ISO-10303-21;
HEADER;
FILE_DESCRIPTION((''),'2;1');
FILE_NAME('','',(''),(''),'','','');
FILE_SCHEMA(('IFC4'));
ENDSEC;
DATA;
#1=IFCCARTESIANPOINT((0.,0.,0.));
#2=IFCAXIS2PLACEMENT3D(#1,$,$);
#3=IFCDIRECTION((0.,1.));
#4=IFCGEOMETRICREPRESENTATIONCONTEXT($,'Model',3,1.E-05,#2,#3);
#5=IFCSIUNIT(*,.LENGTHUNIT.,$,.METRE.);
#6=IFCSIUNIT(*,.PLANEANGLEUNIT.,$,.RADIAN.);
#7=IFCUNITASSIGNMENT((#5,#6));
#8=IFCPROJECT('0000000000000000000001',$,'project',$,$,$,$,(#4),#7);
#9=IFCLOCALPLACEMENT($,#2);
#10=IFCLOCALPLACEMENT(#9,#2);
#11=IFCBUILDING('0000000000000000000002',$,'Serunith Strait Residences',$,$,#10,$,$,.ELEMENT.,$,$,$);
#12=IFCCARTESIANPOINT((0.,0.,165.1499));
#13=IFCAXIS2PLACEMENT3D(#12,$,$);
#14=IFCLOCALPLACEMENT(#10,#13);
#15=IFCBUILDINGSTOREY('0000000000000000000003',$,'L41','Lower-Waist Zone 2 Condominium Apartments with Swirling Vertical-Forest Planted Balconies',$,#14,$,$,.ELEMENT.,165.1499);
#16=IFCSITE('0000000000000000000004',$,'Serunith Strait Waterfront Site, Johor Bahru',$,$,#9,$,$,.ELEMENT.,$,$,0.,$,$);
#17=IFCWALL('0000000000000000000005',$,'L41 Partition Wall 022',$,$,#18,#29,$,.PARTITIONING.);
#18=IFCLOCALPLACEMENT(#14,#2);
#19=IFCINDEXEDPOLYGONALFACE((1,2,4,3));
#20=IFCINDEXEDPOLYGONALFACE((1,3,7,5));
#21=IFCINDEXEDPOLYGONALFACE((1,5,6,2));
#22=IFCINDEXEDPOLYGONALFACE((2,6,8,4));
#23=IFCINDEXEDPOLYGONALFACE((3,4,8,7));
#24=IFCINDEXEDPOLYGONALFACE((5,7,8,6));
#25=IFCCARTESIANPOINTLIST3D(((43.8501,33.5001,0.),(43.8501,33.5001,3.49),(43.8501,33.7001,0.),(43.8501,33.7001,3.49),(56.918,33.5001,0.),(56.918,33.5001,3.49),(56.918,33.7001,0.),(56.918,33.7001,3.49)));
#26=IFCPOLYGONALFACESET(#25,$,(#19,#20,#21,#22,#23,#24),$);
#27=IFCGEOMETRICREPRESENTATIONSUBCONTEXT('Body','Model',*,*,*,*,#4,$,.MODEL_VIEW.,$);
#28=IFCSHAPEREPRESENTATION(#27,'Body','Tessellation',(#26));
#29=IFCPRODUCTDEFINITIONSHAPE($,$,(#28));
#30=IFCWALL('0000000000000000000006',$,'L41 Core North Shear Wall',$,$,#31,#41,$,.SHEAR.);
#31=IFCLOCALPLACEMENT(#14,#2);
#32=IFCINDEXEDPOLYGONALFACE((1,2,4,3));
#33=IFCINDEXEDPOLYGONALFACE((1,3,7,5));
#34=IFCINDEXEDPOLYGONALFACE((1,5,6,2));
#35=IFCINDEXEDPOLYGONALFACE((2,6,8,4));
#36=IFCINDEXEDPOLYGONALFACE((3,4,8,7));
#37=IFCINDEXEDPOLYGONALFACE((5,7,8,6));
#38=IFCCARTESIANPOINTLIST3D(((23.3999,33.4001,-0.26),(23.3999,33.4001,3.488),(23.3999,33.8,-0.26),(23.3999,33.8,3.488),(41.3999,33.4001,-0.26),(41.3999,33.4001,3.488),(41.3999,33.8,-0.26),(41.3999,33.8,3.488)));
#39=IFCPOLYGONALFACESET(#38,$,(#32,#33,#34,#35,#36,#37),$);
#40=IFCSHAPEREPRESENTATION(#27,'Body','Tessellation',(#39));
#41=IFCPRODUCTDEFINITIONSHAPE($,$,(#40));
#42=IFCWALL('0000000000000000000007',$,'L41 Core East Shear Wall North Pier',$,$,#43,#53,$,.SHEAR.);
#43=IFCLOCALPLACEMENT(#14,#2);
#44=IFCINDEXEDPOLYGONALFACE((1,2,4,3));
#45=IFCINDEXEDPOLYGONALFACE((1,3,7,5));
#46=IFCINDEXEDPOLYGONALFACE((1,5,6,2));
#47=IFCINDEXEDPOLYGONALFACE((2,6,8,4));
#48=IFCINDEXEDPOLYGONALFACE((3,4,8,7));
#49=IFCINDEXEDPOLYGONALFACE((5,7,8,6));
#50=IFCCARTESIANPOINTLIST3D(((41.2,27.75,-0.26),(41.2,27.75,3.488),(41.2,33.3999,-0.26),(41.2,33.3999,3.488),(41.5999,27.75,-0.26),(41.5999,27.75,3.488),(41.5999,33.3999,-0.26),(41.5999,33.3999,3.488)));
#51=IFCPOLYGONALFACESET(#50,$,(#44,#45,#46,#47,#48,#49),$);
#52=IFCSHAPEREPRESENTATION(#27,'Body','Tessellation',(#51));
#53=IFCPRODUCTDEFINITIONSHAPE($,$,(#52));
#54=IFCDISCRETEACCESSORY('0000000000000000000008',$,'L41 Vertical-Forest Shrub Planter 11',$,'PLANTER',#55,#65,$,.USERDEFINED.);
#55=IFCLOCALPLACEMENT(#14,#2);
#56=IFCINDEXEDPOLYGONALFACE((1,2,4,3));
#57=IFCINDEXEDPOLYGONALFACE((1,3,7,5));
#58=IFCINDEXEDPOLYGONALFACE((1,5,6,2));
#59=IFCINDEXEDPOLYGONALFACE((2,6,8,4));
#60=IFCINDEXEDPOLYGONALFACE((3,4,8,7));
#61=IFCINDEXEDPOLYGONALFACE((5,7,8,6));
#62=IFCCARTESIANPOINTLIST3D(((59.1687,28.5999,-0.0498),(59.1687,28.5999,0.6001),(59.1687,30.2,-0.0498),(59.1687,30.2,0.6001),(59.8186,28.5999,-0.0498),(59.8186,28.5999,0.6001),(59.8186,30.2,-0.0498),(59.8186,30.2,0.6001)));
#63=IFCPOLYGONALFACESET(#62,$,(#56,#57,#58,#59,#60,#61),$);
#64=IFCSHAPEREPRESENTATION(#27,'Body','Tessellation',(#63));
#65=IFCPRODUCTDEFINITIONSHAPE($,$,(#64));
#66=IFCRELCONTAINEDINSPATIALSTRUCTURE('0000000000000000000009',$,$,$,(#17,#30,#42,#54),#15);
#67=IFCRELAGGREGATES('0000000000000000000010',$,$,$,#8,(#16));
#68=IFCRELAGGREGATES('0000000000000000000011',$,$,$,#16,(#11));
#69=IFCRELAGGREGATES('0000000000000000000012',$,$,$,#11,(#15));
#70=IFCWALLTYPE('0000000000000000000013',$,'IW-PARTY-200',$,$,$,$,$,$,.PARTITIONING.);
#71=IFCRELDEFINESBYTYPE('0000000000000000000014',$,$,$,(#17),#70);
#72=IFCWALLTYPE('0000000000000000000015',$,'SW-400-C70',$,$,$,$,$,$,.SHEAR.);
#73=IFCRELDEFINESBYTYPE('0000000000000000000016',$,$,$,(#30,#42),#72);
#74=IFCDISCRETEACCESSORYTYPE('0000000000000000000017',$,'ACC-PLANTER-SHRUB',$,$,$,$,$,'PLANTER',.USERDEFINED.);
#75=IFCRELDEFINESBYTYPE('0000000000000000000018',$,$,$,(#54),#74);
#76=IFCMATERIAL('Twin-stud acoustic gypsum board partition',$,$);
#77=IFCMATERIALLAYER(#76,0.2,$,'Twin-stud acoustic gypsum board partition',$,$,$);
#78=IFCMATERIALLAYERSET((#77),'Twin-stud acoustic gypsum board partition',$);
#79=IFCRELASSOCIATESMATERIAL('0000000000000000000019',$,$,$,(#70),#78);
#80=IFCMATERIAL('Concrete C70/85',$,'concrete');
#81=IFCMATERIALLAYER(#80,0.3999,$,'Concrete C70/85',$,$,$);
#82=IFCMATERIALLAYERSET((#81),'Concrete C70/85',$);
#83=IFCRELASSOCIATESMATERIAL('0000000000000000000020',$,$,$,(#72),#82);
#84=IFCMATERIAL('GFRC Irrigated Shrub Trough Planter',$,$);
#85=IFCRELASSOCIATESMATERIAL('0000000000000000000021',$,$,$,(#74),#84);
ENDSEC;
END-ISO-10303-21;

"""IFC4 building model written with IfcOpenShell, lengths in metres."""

from ifc_helpers import new_model, si_unit, direction, frame, frame_2d, origin, origin_2d, place, context, subcontext, project, spatial, rectangle, extrude, source, transform, mapped, material, layer, layer_set, type_object, element, save


model = new_model("IFC4")

# Units and contexts
model_context = context("Model", 3, precision=1e-05, world=origin(), true_north=direction((0.0, 1.0)))
body_context = subcontext(model_context, "Body", "Model", "MODEL_VIEW")
ifc_project = project(units=[si_unit("LENGTHUNIT", "METRE"), si_unit("PLANEANGLEUNIT", "RADIAN")], contexts=[model_context])

# Site, building, storey
site_placement = place(None, origin())
site = spatial("IfcSite", under=ifc_project, at=site_placement, Name="Serunith Strait Waterfront Site, Johor Bahru", CompositionType="ELEMENT", RefElevation=0.0)
building_placement = place(site_placement, origin())
building = spatial("IfcBuilding", under=site, at=building_placement, Name="Serunith Strait Residences", CompositionType="ELEMENT")
storey_placement = place(building_placement, frame((0.0, 0.0, 165.1499)))
storey = spatial("IfcBuildingStorey", under=building, at=storey_placement, Name="L41", Description="Lower-Waist Zone 2 Condominium Apartments with Swirling Vertical-Forest Planted Balconies", CompositionType="ELEMENT", Elevation=165.1499)

# Walls
ifc_material_1 = material(Name="Twin-stud acoustic gypsum board partition")
ifc_layer_1 = layer(ifc_material_1, 0.2, Name="Twin-stud acoustic gypsum board partition")
ifc_layer_set_1 = layer_set([ifc_layer_1], Name="Twin-stud acoustic gypsum board partition")
wall_type_1 = type_object("IfcWallType", Name="IW-PARTY-200", PredefinedType="PARTITIONING", material=ifc_layer_set_1)
wall_1_placement = place(storey_placement, frame((43.8501, 33.6001, 0.0), z_axis=(0.0, 0.0, 1.0), x_axis=(1.0, 0.0, 0.0)))
element("IfcWall", 1, at=wall_1_placement, inside=storey, type_object=wall_type_1, Name="L41 Partition Wall 022", PredefinedType="PARTITIONING", context=body_context, shape_type="SweptSolid", body=[
    extrude(rectangle(XDim=13.0679, YDim=0.2, at=frame_2d((6.5339, 0.0))), origin(), (0.0, 0.0, 1.0), 3.49),
])
ifc_material_2 = material(Name="Concrete C70/85", Category="concrete")
ifc_layer_2 = layer(ifc_material_2, 0.3999, Name="Concrete C70/85")
ifc_layer_set_2 = layer_set([ifc_layer_2], Name="Concrete C70/85")
wall_type_2 = type_object("IfcWallType", Name="SW-400-C70", PredefinedType="SHEAR", material=ifc_layer_set_2)
wall_2_placement = place(storey_placement, frame((41.3999, 33.6001, -0.26), z_axis=(0.0, 0.0, 1.0), x_axis=(-1.0, 0.0, 0.0)))
element("IfcWall", 2, at=wall_2_placement, inside=storey, type_object=wall_type_2, Name="L41 Core North Shear Wall", PredefinedType="SHEAR", context=body_context, shape_type="SweptSolid", body=[
    extrude(rectangle(XDim=18.0, YDim=0.3999, at=frame_2d((9.0, 0.0))), origin(), (0.0, 0.0, 1.0), 3.748),
])
wall_3_placement = place(storey_placement, frame((41.3999, 27.75, -0.26), z_axis=(0.0, 0.0, 1.0), x_axis=(0.0, 1.0, 0.0)))
element("IfcWall", 3, at=wall_3_placement, inside=storey, type_object=wall_type_2, Name="L41 Core East Shear Wall North Pier", PredefinedType="SHEAR", context=body_context, shape_type="SweptSolid", body=[
    extrude(rectangle(XDim=5.6499, YDim=0.3999, at=frame_2d((2.825, 0.0))), origin(), (0.0, 0.0, 1.0), 3.748),
])

# Discrete accessory
ifc_material_3 = material(Name="GFRC Irrigated Shrub Trough Planter")
discrete_accessory_type = type_object("IfcDiscreteAccessoryType", Name="ACC-PLANTER-SHRUB", ElementType="PLANTER", PredefinedType="USERDEFINED", material=ifc_material_3)
shared_shape_1 = source(origin(), body_context, "Body", "SweptSolid", [
    extrude(rectangle(XDim=1.6001, YDim=0.6499, at=origin_2d()), origin(), (0.0, 0.0, 1.0), 0.6499),
])
discrete_accessory_placement = place(storey_placement, frame((59.4937, 29.3999, -0.0498), z_axis=(0.0, 0.0, 1.0), x_axis=(0.0, 1.0, 0.0)))
element("IfcDiscreteAccessory", 4, at=discrete_accessory_placement, inside=storey, type_object=discrete_accessory_type, Name="L41 Vertical-Forest Shrub Planter 11", ObjectType="PLANTER", PredefinedType="USERDEFINED", context=body_context, shape_type="MappedRepresentation", body=[
    mapped(shared_shape_1, transform((0.0, 0.0, 0.0), scale=1.0)),
])

save(model, "model.ifc")
